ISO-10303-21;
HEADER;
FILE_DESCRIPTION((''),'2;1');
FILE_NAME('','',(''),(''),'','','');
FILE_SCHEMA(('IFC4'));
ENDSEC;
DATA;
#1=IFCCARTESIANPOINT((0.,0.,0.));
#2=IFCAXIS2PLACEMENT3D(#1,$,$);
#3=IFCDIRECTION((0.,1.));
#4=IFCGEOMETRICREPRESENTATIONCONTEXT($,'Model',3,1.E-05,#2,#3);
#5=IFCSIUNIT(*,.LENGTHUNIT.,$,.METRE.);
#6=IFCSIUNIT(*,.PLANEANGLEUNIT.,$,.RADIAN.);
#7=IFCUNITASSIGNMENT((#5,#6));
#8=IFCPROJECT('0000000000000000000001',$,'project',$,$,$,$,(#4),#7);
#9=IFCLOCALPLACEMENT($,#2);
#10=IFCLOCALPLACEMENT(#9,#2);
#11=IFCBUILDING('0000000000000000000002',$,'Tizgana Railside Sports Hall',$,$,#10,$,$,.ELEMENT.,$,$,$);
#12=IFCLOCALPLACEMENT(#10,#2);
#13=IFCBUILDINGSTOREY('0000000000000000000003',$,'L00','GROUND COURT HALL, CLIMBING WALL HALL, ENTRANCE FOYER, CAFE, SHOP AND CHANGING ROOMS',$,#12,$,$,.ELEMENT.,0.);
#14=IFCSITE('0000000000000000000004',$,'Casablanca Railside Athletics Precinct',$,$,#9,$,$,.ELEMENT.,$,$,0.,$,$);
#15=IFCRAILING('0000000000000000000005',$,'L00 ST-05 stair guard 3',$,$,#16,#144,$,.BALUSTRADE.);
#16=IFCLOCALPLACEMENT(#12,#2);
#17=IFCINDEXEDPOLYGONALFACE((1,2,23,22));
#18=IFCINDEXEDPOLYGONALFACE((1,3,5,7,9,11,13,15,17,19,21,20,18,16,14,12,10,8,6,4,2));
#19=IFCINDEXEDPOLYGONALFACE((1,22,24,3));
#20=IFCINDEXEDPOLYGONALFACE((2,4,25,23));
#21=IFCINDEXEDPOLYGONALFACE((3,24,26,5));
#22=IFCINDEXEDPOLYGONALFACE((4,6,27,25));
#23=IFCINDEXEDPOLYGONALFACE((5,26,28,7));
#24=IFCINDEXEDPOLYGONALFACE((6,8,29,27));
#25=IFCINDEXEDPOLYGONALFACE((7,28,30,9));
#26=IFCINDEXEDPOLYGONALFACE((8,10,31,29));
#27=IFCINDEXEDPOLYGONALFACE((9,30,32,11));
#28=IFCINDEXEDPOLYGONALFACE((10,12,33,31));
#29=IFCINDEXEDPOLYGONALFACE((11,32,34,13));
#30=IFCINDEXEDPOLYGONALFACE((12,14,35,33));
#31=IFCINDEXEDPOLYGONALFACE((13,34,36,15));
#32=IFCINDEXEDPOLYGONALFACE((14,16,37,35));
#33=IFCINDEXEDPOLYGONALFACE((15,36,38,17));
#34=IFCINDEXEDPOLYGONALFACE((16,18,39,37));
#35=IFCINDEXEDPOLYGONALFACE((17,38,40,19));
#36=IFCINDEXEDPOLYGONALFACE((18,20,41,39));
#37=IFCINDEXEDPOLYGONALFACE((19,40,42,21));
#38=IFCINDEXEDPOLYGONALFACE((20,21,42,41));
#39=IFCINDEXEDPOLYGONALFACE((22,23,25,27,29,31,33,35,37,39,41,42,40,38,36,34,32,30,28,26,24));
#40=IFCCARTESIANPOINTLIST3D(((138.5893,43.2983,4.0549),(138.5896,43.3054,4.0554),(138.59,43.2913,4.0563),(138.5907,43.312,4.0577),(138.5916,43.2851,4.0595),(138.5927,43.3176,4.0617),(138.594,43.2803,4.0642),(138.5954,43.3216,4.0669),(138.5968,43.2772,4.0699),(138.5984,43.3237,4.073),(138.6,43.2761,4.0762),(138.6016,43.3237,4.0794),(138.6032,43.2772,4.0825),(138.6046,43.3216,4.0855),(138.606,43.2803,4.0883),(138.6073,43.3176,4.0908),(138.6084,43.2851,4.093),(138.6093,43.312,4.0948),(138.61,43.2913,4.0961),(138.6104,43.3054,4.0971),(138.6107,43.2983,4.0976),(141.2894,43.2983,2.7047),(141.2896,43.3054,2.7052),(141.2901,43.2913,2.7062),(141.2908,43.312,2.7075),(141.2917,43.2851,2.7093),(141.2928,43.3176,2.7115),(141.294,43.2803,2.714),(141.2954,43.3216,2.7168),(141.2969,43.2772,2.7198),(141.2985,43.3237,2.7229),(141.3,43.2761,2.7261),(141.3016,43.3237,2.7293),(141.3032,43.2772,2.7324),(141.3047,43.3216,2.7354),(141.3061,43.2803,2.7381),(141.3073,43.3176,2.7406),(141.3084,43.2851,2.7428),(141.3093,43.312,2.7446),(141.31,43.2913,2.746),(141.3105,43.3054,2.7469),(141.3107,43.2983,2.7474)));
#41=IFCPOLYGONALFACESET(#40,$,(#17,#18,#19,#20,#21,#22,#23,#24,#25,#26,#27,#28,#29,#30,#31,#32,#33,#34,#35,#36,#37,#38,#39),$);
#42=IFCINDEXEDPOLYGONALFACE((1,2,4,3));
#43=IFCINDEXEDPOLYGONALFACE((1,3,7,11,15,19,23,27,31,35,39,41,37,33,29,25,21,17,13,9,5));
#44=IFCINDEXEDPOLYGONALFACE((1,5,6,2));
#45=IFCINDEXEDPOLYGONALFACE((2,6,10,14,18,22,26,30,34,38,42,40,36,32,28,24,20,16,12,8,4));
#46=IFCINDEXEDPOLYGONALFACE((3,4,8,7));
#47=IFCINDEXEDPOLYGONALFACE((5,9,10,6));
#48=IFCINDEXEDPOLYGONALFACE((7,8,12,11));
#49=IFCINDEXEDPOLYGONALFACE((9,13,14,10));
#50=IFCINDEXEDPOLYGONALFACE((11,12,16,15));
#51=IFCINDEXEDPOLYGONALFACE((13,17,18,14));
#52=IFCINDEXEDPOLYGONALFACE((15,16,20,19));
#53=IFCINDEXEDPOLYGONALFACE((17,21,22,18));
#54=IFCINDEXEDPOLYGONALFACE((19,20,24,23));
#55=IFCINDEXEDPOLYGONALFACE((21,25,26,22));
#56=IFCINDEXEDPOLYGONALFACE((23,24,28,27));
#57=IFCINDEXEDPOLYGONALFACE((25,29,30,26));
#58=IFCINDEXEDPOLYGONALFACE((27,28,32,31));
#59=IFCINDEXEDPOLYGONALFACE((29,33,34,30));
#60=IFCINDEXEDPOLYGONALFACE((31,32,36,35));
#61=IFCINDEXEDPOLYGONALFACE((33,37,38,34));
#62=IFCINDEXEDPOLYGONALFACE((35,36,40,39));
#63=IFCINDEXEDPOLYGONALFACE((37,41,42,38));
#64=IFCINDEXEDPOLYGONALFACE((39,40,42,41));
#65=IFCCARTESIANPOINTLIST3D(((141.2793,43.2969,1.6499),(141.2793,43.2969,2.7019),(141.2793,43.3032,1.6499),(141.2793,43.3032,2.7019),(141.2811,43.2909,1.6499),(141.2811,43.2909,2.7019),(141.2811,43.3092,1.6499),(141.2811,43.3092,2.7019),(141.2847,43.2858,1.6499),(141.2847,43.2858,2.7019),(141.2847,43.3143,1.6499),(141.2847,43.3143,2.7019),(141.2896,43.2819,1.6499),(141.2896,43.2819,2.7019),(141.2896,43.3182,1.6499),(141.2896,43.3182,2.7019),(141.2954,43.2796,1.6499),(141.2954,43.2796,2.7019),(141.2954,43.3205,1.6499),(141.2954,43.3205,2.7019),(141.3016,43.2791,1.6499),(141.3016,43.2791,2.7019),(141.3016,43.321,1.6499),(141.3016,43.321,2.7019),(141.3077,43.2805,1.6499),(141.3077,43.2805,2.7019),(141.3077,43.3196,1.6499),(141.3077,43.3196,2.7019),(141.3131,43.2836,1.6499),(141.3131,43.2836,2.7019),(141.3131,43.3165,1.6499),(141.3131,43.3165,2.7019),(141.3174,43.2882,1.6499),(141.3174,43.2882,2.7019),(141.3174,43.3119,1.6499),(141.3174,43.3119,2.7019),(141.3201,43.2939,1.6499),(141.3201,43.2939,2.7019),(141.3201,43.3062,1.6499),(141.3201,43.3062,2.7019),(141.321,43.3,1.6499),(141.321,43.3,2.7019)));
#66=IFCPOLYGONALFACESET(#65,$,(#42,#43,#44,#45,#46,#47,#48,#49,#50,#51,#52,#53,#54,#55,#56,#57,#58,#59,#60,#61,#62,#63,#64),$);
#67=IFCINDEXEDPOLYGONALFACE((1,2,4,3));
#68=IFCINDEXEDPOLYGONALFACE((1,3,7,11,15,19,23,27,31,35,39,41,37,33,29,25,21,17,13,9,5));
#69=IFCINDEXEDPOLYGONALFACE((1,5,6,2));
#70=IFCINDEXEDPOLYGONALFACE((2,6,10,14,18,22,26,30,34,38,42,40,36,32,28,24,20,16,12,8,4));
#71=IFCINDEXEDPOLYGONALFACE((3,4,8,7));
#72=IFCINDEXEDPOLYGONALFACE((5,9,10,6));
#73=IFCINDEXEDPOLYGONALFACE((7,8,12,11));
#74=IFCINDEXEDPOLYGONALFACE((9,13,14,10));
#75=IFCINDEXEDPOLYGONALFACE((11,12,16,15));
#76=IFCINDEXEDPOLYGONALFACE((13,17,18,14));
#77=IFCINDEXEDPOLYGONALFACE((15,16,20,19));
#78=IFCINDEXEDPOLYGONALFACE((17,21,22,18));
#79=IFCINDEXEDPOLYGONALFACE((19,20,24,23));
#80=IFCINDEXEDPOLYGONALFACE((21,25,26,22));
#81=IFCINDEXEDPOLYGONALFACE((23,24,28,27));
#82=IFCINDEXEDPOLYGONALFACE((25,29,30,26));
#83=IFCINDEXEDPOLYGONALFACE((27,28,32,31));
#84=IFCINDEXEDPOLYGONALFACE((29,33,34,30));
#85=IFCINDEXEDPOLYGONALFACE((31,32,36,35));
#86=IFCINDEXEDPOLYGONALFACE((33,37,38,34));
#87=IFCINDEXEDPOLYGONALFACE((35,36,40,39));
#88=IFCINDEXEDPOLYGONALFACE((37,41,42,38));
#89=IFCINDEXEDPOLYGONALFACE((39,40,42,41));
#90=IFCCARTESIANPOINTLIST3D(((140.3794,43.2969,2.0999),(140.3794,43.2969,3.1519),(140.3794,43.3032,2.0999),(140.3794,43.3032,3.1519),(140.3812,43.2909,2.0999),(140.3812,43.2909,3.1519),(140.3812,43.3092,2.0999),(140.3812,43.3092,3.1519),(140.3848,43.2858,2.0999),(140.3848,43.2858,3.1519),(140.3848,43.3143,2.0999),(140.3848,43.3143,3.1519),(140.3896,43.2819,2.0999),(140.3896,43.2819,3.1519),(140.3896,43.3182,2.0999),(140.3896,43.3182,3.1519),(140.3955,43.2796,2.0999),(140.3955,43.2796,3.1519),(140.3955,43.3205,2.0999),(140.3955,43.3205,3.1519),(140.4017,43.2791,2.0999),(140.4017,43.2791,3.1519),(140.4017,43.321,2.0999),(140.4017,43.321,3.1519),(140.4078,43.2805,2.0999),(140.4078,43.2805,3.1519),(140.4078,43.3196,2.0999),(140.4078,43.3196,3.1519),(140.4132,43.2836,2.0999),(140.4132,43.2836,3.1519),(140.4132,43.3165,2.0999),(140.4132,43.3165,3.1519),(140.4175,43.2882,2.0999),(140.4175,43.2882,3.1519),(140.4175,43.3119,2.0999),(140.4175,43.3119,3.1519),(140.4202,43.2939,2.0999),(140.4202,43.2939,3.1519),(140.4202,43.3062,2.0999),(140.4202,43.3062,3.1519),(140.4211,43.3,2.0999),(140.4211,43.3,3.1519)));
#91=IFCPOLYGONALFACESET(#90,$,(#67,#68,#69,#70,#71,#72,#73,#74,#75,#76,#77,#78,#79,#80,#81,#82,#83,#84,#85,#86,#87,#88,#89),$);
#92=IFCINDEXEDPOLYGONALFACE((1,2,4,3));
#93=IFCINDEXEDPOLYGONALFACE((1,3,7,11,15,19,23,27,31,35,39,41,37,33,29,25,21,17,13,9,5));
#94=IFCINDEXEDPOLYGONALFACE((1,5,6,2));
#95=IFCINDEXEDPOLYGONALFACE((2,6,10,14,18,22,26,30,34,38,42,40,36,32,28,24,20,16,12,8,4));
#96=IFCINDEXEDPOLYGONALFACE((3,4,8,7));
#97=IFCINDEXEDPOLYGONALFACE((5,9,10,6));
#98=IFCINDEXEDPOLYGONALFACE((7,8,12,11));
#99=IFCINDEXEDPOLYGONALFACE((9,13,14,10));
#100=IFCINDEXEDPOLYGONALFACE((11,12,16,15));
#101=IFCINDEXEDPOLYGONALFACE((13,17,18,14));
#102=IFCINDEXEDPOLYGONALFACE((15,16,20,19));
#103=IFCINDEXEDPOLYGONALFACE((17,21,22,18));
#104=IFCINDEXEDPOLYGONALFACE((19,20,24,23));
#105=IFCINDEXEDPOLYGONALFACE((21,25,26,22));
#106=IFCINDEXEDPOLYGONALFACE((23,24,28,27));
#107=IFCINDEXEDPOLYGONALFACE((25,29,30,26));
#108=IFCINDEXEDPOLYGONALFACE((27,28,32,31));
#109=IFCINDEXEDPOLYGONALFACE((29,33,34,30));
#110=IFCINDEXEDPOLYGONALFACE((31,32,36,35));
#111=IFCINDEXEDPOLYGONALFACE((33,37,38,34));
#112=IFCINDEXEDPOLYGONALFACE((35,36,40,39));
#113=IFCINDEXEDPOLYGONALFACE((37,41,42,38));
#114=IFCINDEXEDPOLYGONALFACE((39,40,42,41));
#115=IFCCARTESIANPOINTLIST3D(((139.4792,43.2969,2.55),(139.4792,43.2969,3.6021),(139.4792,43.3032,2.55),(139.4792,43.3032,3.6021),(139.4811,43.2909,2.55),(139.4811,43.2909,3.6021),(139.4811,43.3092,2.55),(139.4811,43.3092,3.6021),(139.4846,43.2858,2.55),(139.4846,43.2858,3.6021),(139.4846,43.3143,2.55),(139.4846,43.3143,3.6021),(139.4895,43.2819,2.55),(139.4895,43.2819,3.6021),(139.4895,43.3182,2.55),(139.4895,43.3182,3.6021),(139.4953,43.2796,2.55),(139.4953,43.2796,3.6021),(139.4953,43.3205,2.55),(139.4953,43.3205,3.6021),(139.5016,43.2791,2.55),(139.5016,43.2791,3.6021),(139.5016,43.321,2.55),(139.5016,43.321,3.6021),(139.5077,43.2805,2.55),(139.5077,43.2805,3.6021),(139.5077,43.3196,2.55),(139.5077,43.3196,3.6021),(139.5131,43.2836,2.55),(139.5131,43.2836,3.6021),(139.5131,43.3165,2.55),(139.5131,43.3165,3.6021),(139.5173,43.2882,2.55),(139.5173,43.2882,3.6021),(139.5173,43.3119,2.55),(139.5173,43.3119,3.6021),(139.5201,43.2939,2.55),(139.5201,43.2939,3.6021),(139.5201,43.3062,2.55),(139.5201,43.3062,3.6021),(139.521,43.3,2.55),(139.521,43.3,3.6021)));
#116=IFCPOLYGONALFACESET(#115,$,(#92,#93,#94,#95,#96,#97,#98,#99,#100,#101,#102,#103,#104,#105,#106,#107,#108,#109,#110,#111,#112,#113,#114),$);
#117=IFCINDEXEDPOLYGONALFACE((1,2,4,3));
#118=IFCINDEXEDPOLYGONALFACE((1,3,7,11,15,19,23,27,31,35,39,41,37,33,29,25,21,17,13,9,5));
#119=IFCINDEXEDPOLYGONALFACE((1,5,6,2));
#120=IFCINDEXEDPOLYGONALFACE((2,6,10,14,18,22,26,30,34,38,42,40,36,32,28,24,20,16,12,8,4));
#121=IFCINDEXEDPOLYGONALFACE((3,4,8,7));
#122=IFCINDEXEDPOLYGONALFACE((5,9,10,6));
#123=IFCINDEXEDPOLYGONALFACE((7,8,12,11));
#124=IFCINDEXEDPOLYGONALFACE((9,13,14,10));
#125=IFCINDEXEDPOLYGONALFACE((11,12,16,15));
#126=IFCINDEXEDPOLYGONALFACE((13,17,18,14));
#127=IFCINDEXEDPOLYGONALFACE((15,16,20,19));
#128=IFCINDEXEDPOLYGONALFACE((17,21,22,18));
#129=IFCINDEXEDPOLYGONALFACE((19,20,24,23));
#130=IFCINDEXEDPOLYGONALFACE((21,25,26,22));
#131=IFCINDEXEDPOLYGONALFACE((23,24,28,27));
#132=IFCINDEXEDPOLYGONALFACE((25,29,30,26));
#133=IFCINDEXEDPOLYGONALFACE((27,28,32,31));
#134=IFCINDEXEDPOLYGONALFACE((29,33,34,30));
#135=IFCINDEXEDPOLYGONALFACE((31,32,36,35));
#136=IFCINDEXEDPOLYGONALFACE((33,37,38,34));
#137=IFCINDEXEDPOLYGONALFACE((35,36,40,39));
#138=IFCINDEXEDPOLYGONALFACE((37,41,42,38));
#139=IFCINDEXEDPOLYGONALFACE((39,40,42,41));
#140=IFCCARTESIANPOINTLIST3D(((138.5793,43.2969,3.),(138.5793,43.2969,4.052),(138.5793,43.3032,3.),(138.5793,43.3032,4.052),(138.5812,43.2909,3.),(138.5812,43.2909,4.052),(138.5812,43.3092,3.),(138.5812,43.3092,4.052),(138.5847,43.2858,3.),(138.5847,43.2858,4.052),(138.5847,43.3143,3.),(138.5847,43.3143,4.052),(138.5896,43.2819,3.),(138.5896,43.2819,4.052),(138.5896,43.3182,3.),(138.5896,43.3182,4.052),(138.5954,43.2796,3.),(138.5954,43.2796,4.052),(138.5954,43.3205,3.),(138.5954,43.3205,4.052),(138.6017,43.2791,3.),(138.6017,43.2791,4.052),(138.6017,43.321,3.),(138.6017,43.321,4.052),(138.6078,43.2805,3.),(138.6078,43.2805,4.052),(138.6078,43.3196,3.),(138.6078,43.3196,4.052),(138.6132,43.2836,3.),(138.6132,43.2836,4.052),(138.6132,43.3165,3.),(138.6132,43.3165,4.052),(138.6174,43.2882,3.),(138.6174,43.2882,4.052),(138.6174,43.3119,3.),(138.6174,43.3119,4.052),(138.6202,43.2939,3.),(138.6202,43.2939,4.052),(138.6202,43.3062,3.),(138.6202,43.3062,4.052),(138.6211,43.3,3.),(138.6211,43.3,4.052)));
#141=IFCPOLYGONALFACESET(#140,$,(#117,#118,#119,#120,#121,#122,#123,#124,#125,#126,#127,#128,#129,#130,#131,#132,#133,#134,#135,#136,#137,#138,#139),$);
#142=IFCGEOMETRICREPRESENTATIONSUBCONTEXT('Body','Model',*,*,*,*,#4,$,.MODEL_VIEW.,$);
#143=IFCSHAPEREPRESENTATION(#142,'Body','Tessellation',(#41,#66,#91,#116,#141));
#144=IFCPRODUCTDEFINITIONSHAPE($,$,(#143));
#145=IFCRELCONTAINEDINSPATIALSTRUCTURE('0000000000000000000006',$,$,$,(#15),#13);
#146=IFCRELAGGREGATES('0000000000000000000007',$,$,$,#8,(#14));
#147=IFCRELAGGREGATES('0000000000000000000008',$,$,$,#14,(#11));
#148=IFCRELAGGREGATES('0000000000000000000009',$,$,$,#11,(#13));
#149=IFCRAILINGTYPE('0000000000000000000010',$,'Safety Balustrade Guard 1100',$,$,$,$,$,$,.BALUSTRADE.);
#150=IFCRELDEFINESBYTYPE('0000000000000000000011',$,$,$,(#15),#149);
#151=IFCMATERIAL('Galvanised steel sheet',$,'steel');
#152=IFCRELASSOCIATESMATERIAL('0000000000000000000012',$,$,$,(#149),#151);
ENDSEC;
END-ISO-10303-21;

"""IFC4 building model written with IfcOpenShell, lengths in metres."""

from ifc_helpers import new_model, si_unit, direction, frame, origin, origin_2d, place, context, subcontext, project, spatial, circle, extrude, material, type_object, element, save


model = new_model("IFC4")

# Units and contexts
model_context = context("Model", 3, precision=1e-05, world=origin(), true_north=direction((0.0, 1.0)))
body_context = subcontext(model_context, "Body", "Model", "MODEL_VIEW")
ifc_project = project(units=[si_unit("LENGTHUNIT", "METRE"), si_unit("PLANEANGLEUNIT", "RADIAN")], contexts=[model_context])

# Site, building, storey
site_placement = place(None, origin())
site = spatial("IfcSite", under=ifc_project, at=site_placement, Name="Casablanca Railside Athletics Precinct", CompositionType="ELEMENT", RefElevation=0.0)
building_placement = place(site_placement, origin())
building = spatial("IfcBuilding", under=site, at=building_placement, Name="Tizgana Railside Sports Hall", CompositionType="ELEMENT")
storey_placement = place(building_placement, origin())
storey = spatial("IfcBuildingStorey", under=building, at=storey_placement, Name="L00", Description="GROUND COURT HALL, CLIMBING WALL HALL, ENTRANCE FOYER, CAFE, SHOP AND CHANGING ROOMS", CompositionType="ELEMENT", Elevation=0.0)

# Railing
ifc_material_1 = material(Name="Galvanised steel sheet", Category="steel")
railing_type_1 = type_object("IfcRailingType", Name="Safety Balustrade Guard 1100", PredefinedType="BALUSTRADE", material=ifc_material_1)
railing_1_placement = place(storey_placement, frame((141.3, 43.3, 1.6499)))
element("IfcRailing", 1, at=railing_1_placement, inside=storey, type_object=railing_type_1, Name="L00 ST-05 stair guard 3", PredefinedType="BALUSTRADE", context=body_context, shape_type="SweptSolid", body=[
    extrude(circle(Radius=0.0239, at=origin_2d()), frame((0.0, 0.0, 1.0762), z_axis=(-0.894411, 0.0, 0.447246), x_axis=(0.0, -1.0, 0.0)), (0.0, 0.0, 1.0), 3.0188),
    extrude(circle(Radius=0.021, at=origin_2d()), origin(), (0.0, 0.0, 1.0), 1.052),
    extrude(circle(Radius=0.021, at=origin_2d()), frame((-0.8999, 0.0, 0.45)), (0.0, 0.0, 1.0), 1.052),
    extrude(circle(Radius=0.021, at=origin_2d()), frame((-1.8, 0.0, 0.9001)), (0.0, 0.0, 1.0), 1.052),
    extrude(circle(Radius=0.021, at=origin_2d()), frame((-2.7, 0.0, 1.3501)), (0.0, 0.0, 1.0), 1.052),
])

save(model, "model.ifc")
